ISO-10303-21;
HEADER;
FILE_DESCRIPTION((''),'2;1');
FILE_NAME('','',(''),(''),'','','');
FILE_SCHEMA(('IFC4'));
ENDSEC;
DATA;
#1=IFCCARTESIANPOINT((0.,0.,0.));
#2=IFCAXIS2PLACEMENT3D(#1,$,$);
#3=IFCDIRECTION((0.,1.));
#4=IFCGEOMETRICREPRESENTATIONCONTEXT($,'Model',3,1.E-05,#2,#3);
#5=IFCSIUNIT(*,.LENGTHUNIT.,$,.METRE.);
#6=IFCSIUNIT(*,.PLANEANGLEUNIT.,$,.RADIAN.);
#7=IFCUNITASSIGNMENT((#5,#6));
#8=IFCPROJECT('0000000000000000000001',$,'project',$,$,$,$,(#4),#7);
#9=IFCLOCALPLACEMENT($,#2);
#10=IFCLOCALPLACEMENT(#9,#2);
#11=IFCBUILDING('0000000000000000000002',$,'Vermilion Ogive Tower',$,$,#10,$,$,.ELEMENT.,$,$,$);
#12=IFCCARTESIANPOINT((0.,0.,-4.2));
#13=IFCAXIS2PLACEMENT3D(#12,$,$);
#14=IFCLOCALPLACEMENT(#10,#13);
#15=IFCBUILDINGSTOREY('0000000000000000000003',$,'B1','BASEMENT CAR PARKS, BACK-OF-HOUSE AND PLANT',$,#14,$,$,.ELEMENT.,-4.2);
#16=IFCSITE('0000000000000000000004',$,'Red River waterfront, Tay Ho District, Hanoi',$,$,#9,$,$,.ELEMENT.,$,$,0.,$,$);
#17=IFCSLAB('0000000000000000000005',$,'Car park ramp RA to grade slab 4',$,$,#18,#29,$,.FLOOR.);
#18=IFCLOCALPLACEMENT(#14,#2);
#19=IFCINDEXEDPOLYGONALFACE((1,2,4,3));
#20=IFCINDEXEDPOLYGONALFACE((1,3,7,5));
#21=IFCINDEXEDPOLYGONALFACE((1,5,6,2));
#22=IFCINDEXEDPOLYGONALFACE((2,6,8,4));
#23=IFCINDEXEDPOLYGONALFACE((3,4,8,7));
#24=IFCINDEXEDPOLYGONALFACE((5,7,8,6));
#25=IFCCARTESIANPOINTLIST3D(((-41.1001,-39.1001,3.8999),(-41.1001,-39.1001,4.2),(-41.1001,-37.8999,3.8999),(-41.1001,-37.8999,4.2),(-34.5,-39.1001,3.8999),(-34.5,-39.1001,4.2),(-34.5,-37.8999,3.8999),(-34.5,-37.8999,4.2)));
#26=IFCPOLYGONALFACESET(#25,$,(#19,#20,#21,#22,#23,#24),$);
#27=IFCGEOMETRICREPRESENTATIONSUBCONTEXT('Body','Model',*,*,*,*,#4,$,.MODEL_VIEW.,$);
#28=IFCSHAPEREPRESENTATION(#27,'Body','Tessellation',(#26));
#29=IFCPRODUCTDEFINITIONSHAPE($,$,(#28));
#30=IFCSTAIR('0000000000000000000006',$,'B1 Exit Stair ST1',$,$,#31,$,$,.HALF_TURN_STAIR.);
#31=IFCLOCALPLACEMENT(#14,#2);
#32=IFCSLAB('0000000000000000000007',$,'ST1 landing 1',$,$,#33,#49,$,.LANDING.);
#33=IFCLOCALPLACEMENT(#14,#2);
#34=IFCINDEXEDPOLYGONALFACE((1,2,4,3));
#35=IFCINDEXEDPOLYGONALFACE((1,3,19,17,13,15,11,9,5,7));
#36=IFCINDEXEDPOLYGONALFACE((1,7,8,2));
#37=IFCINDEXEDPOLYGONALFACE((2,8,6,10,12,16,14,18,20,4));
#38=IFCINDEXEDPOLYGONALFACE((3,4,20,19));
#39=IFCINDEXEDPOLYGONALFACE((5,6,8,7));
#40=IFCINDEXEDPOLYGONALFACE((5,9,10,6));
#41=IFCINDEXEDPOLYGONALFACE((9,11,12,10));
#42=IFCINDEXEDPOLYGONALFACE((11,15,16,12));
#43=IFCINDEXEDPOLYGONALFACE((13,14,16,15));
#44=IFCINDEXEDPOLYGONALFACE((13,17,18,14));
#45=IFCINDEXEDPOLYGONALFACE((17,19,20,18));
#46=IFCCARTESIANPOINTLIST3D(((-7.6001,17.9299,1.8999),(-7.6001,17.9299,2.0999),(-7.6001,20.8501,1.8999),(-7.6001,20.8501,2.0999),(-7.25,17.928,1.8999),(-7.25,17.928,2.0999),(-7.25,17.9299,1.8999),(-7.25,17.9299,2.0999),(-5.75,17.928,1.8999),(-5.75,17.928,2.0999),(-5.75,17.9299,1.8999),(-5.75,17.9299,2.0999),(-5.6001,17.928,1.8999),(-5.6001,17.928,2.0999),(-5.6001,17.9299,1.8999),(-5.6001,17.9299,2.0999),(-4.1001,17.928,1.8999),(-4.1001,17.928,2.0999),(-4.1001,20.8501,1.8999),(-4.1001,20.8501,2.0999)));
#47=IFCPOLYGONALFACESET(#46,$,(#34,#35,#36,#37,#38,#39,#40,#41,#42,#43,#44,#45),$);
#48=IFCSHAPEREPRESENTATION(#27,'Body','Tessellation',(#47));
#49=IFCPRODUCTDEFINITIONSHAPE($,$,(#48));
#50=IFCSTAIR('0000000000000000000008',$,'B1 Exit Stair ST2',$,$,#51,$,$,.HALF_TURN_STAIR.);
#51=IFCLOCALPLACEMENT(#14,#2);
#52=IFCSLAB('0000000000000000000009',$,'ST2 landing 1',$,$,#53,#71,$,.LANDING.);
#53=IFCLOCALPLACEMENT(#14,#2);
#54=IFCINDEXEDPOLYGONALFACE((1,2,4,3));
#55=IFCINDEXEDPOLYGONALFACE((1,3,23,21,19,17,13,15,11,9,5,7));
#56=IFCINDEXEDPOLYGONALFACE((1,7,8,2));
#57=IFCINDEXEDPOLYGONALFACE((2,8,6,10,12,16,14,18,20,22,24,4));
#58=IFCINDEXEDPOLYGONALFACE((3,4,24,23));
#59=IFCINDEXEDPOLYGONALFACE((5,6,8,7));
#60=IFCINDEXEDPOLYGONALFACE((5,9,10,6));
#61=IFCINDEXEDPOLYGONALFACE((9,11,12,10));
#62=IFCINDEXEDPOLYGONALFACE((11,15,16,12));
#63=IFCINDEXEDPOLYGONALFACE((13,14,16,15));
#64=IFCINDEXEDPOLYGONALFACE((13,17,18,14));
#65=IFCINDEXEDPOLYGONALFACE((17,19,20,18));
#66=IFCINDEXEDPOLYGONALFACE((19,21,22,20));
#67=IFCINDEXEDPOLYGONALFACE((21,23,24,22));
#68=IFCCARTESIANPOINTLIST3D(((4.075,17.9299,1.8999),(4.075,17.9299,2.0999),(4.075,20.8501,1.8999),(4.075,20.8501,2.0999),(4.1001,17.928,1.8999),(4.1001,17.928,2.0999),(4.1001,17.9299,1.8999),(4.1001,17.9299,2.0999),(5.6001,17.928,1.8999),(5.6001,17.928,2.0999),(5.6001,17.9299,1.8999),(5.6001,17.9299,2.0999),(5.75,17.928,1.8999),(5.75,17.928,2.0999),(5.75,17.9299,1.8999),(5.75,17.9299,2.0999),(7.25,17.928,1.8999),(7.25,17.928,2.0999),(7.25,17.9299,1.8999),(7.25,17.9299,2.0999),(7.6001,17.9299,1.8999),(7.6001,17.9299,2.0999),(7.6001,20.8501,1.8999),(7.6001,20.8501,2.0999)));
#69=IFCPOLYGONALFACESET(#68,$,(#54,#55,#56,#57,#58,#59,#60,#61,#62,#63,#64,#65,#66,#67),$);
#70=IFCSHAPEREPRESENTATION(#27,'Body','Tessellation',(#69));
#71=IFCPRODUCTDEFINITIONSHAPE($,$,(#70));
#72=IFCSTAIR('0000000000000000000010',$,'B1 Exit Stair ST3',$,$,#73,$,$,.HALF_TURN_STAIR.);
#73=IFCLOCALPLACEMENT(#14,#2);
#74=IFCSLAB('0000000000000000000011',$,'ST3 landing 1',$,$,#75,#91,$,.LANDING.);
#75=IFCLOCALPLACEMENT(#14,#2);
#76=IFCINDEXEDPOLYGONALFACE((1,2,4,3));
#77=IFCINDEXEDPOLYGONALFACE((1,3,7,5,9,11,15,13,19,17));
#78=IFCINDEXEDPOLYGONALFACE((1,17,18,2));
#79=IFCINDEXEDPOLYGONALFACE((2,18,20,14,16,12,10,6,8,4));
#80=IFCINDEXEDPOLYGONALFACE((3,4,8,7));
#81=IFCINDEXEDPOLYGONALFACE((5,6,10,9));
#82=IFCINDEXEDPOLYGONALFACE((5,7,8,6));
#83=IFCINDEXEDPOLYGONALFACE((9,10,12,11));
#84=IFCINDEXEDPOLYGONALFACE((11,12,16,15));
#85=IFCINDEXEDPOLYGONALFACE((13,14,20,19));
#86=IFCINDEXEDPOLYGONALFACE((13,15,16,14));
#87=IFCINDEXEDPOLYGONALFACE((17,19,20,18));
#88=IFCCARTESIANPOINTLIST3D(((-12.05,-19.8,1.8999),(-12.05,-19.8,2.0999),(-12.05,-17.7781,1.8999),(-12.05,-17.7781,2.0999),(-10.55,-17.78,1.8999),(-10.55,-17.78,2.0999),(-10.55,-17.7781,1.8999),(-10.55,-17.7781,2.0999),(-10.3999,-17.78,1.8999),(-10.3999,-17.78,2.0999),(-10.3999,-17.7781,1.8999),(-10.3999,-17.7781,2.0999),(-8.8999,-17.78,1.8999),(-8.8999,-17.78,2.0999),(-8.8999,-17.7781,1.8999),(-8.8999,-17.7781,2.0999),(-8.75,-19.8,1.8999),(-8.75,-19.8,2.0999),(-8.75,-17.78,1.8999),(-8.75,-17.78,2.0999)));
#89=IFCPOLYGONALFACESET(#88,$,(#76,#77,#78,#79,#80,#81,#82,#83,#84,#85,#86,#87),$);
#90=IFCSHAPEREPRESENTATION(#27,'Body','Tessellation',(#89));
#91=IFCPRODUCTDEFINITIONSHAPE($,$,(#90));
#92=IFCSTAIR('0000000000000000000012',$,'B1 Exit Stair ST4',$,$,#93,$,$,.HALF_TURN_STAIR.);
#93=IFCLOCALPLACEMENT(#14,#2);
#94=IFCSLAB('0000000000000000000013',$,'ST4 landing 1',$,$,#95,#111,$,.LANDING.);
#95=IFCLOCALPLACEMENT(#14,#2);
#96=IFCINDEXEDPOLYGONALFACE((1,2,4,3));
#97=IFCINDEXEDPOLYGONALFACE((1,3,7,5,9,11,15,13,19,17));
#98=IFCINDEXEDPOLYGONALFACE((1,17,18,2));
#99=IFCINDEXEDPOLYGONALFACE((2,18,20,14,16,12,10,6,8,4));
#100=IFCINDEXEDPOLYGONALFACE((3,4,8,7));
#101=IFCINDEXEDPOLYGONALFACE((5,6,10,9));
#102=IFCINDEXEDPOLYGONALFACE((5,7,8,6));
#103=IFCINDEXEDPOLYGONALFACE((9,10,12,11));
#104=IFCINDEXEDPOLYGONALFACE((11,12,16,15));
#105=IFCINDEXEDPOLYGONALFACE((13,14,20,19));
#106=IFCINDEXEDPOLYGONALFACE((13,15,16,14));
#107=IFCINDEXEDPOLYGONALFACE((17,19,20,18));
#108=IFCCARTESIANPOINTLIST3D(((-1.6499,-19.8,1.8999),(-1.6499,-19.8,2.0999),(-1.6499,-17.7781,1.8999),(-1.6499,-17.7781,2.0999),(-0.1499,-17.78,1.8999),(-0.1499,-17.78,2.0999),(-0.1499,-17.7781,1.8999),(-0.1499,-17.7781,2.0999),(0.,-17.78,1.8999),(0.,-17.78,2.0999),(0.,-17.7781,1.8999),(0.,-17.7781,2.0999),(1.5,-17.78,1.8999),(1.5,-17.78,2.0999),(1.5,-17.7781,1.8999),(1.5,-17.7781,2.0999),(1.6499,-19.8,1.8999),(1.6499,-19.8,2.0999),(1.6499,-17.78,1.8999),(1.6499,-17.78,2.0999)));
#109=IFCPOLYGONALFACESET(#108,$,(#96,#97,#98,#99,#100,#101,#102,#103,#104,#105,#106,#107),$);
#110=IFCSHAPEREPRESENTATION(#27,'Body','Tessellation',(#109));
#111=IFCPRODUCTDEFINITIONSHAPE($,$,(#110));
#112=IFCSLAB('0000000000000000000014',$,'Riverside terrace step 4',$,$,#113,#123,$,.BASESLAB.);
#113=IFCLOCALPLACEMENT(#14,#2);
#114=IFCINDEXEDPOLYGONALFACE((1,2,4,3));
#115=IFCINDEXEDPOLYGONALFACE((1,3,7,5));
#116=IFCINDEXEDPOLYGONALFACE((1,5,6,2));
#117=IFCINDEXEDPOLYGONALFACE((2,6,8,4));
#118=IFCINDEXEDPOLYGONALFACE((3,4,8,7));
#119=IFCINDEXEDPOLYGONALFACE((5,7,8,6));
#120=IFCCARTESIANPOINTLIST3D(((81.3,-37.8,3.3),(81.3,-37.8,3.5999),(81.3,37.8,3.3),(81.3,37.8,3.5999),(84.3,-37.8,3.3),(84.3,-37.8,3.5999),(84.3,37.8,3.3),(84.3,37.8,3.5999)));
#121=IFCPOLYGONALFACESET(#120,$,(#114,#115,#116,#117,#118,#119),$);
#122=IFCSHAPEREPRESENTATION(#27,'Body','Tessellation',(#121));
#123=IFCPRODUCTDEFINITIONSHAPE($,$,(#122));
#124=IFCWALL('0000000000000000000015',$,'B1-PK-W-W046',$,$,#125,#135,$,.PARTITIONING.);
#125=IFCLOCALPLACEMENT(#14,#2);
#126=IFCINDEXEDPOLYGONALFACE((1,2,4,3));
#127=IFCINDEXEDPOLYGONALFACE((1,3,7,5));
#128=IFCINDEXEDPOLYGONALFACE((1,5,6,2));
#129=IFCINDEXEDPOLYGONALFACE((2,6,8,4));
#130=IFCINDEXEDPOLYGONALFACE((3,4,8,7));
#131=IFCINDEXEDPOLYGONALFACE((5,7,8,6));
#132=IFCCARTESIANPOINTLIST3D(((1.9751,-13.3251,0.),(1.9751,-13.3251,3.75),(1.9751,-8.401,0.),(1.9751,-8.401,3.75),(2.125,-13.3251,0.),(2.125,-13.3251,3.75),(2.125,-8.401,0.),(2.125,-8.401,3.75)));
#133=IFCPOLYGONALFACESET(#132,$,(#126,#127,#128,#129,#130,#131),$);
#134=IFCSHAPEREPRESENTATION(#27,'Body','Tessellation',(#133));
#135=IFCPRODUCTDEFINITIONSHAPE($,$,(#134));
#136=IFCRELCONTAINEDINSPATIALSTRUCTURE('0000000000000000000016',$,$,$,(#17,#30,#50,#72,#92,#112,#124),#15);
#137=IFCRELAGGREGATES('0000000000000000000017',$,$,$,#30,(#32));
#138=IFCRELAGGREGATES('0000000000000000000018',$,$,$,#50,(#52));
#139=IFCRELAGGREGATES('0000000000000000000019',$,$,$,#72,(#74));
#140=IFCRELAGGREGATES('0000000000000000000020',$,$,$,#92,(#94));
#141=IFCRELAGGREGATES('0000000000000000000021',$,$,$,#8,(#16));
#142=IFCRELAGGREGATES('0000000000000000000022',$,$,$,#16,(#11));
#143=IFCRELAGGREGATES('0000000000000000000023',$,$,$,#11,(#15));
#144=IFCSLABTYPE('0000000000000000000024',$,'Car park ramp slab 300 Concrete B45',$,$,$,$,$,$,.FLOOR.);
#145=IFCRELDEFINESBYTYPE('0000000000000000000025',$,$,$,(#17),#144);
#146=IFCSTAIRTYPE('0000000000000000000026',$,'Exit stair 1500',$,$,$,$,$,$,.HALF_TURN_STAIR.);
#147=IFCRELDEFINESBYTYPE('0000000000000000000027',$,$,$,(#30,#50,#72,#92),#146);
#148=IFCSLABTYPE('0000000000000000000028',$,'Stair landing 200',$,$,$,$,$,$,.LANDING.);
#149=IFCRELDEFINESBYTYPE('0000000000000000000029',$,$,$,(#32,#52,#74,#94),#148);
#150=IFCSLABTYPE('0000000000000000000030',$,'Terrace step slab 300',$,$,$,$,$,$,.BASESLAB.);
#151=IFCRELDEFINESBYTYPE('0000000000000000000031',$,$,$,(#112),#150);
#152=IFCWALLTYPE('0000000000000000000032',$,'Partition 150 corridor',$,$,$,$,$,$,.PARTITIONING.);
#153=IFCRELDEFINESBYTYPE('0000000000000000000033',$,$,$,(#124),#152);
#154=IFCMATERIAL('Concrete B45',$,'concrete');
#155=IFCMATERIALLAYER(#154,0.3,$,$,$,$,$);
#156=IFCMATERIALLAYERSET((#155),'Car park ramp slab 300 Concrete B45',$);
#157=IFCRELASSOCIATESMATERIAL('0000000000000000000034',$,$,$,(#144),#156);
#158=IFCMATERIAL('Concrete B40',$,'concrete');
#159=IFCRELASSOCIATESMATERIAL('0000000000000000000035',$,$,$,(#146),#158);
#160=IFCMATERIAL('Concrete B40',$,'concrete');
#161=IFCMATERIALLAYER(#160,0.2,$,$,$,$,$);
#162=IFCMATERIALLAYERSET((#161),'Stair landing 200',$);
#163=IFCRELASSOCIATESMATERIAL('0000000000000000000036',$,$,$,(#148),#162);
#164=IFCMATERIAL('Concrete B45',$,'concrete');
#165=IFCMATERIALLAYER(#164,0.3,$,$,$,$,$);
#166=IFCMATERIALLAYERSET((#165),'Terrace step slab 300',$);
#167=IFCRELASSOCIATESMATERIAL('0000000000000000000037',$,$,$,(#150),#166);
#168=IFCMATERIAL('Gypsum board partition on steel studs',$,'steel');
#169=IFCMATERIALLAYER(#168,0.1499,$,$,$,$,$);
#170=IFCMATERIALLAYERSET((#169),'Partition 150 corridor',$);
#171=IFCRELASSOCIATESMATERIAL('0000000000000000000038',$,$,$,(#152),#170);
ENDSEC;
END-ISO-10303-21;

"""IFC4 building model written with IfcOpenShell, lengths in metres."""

from ifc_helpers import new_model, si_unit, direction, frame, frame_2d, origin, place, context, subcontext, project, spatial, polyline, rectangle, outline, extrude, material, layer, layer_set, type_object, element, aggregate, save


model = new_model("IFC4")

# Units and contexts
model_context = context("Model", 3, precision=1e-05, world=origin(), true_north=direction((0.0, 1.0)))
body_context = subcontext(model_context, "Body", "Model", "MODEL_VIEW")
ifc_project = project(units=[si_unit("LENGTHUNIT", "METRE"), si_unit("PLANEANGLEUNIT", "RADIAN")], contexts=[model_context])

# Site, building, storey
site_placement = place(None, origin())
site = spatial("IfcSite", under=ifc_project, at=site_placement, Name="Red River waterfront, Tay Ho District, Hanoi", CompositionType="ELEMENT", RefElevation=0.0)
building_placement = place(site_placement, origin())
building = spatial("IfcBuilding", under=site, at=building_placement, Name="Vermilion Ogive Tower", CompositionType="ELEMENT")
storey_placement = place(building_placement, frame((0.0, 0.0, -4.2)))
storey = spatial("IfcBuildingStorey", under=building, at=storey_placement, Name="B1", Description="BASEMENT CAR PARKS, BACK-OF-HOUSE AND PLANT", CompositionType="ELEMENT", Elevation=-4.2)

# Slab
ifc_material_1 = material(Name="Concrete B45", Category="concrete")
ifc_layer_1 = layer(ifc_material_1, 0.3)
ifc_layer_set_1 = layer_set([ifc_layer_1], Name="Car park ramp slab 300 Concrete B45")
slab_type_1 = type_object("IfcSlabType", Name="Car park ramp slab 300 Concrete B45", PredefinedType="FLOOR", material=ifc_layer_set_1)
slab_1_placement = place(storey_placement, frame((0.0, 0.0, 3.8999)))
element("IfcSlab", 1, at=slab_1_placement, inside=storey, type_object=slab_type_1, Name="Car park ramp RA to grade slab 4", PredefinedType="FLOOR", context=body_context, shape_type="SweptSolid", body=[
    extrude(outline(polyline([(-41.1001, -37.8999), (-41.1001, -39.1001), (-34.5, -39.1001), (-34.5, -37.8999), (-41.1001, -37.8999)])), origin(), (0.0, 0.0, 1.0), 0.3),
])

# Stairs, slabs
ifc_material_2 = material(Name="Concrete B40", Category="concrete")
stair_type = type_object("IfcStairType", Name="Exit stair 1500", PredefinedType="HALF_TURN_STAIR", material=ifc_material_2)
stair_1_placement = place(storey_placement, origin())
stair_1 = element("IfcStair", 2, at=stair_1_placement, inside=storey, type_object=stair_type, Name="B1 Exit Stair ST1", PredefinedType="HALF_TURN_STAIR")
ifc_material_3 = material(Name="Concrete B40", Category="concrete")
ifc_layer_2 = layer(ifc_material_3, 0.2)
ifc_layer_set_2 = layer_set([ifc_layer_2], Name="Stair landing 200")
slab_type_2 = type_object("IfcSlabType", Name="Stair landing 200", PredefinedType="LANDING", material=ifc_layer_set_2)
slab_2_placement = place(storey_placement, frame((0.0, 0.0, 1.8999)))
slab_2 = element("IfcSlab", 3, at=slab_2_placement, type_object=slab_type_2, Name="ST1 landing 1", PredefinedType="LANDING", context=body_context, shape_type="SweptSolid", body=[
    extrude(outline(polyline([(-7.6001, 17.9299), (-7.25, 17.9299), (-7.25, 17.928), (-5.75, 17.928), (-5.75, 17.9299), (-5.6001, 17.9299), (-5.6001, 17.928), (-4.1001, 17.928), (-4.1001, 20.8501), (-7.6001, 20.8501), (-7.6001, 17.9299)])), origin(), (0.0, 0.0, 1.0), 0.2),
])
aggregate(stair_1, [slab_2])
stair_2_placement = place(storey_placement, origin())
stair_2 = element("IfcStair", 4, at=stair_2_placement, inside=storey, type_object=stair_type, Name="B1 Exit Stair ST2", PredefinedType="HALF_TURN_STAIR")
slab_3_placement = place(storey_placement, frame((0.0, 0.0, 1.8999)))
slab_3 = element("IfcSlab", 5, at=slab_3_placement, type_object=slab_type_2, Name="ST2 landing 1", PredefinedType="LANDING", context=body_context, shape_type="SweptSolid", body=[
    extrude(outline(polyline([(5.6001, 17.9299), (5.75, 17.9299), (5.75, 17.928), (7.25, 17.928), (7.25, 17.9299), (7.6001, 17.9299), (7.6001, 20.8501), (4.075, 20.8501), (4.075, 17.9299), (4.1001, 17.9299), (4.1001, 17.928), (5.6001, 17.928), (5.6001, 17.9299)])), origin(), (0.0, 0.0, 1.0), 0.2),
])
aggregate(stair_2, [slab_3])
stair_3_placement = place(storey_placement, origin())
stair_3 = element("IfcStair", 6, at=stair_3_placement, inside=storey, type_object=stair_type, Name="B1 Exit Stair ST3", PredefinedType="HALF_TURN_STAIR")
slab_4_placement = place(storey_placement, frame((0.0, 0.0, 1.8999)))
slab_4 = element("IfcSlab", 7, at=slab_4_placement, type_object=slab_type_2, Name="ST3 landing 1", PredefinedType="LANDING", context=body_context, shape_type="SweptSolid", body=[
    extrude(outline(polyline([(-8.75, -17.78), (-8.8999, -17.78), (-8.8999, -17.7781), (-10.3999, -17.7781), (-10.3999, -17.78), (-10.55, -17.78), (-10.55, -17.7781), (-12.05, -17.7781), (-12.05, -19.8), (-8.75, -19.8), (-8.75, -17.78)])), origin(), (0.0, 0.0, 1.0), 0.2),
])
aggregate(stair_3, [slab_4])
stair_4_placement = place(storey_placement, origin())
stair_4 = element("IfcStair", 8, at=stair_4_placement, inside=storey, type_object=stair_type, Name="B1 Exit Stair ST4", PredefinedType="HALF_TURN_STAIR")
slab_5_placement = place(storey_placement, frame((0.0, 0.0, 1.8999)))
slab_5 = element("IfcSlab", 9, at=slab_5_placement, type_object=slab_type_2, Name="ST4 landing 1", PredefinedType="LANDING", context=body_context, shape_type="SweptSolid", body=[
    extrude(outline(polyline([(1.6499, -17.78), (1.5, -17.78), (1.5, -17.7781), (0.0, -17.7781), (0.0, -17.78), (-0.1499, -17.78), (-0.1499, -17.7781), (-1.6499, -17.7781), (-1.6499, -19.8), (1.6499, -19.8), (1.6499, -17.78)])), origin(), (0.0, 0.0, 1.0), 0.2),
])
aggregate(stair_4, [slab_5])

# Slab
ifc_material_4 = material(Name="Concrete B45", Category="concrete")
ifc_layer_3 = layer(ifc_material_4, 0.3)
ifc_layer_set_3 = layer_set([ifc_layer_3], Name="Terrace step slab 300")
slab_type_3 = type_object("IfcSlabType", Name="Terrace step slab 300", PredefinedType="BASESLAB", material=ifc_layer_set_3)
slab_6_placement = place(storey_placement, frame((0.0, 0.0, 3.3)))
element("IfcSlab", 10, at=slab_6_placement, inside=storey, type_object=slab_type_3, Name="Riverside terrace step 4", PredefinedType="BASESLAB", context=body_context, shape_type="SweptSolid", body=[
    extrude(outline(polyline([(84.3, -37.8), (84.3, 37.8), (81.3, 37.8), (81.3, -37.8), (84.3, -37.8)])), origin(), (0.0, 0.0, 1.0), 0.2998),
])

# Wall
ifc_material_5 = material(Name="Gypsum board partition on steel studs", Category="steel")
ifc_layer_4 = layer(ifc_material_5, 0.1499)
ifc_layer_set_4 = layer_set([ifc_layer_4], Name="Partition 150 corridor")
wall_type_1 = type_object("IfcWallType", Name="Partition 150 corridor", PredefinedType="PARTITIONING", material=ifc_layer_set_4)
wall_1_placement = place(storey_placement, frame((2.05, -13.325, 0.0), z_axis=(0.0, 0.0, 1.0), x_axis=(0.0, 1.0, 0.0)))
element("IfcWall", 11, at=wall_1_placement, inside=storey, type_object=wall_type_1, Name="B1-PK-W-W046", PredefinedType="PARTITIONING", context=body_context, shape_type="SweptSolid", body=[
    extrude(rectangle(XDim=4.9241, YDim=0.1499, at=frame_2d((2.4619, 0.0))), origin(), (0.0, 0.0, 1.0), 3.75),
])

save(model, "model.ifc")
